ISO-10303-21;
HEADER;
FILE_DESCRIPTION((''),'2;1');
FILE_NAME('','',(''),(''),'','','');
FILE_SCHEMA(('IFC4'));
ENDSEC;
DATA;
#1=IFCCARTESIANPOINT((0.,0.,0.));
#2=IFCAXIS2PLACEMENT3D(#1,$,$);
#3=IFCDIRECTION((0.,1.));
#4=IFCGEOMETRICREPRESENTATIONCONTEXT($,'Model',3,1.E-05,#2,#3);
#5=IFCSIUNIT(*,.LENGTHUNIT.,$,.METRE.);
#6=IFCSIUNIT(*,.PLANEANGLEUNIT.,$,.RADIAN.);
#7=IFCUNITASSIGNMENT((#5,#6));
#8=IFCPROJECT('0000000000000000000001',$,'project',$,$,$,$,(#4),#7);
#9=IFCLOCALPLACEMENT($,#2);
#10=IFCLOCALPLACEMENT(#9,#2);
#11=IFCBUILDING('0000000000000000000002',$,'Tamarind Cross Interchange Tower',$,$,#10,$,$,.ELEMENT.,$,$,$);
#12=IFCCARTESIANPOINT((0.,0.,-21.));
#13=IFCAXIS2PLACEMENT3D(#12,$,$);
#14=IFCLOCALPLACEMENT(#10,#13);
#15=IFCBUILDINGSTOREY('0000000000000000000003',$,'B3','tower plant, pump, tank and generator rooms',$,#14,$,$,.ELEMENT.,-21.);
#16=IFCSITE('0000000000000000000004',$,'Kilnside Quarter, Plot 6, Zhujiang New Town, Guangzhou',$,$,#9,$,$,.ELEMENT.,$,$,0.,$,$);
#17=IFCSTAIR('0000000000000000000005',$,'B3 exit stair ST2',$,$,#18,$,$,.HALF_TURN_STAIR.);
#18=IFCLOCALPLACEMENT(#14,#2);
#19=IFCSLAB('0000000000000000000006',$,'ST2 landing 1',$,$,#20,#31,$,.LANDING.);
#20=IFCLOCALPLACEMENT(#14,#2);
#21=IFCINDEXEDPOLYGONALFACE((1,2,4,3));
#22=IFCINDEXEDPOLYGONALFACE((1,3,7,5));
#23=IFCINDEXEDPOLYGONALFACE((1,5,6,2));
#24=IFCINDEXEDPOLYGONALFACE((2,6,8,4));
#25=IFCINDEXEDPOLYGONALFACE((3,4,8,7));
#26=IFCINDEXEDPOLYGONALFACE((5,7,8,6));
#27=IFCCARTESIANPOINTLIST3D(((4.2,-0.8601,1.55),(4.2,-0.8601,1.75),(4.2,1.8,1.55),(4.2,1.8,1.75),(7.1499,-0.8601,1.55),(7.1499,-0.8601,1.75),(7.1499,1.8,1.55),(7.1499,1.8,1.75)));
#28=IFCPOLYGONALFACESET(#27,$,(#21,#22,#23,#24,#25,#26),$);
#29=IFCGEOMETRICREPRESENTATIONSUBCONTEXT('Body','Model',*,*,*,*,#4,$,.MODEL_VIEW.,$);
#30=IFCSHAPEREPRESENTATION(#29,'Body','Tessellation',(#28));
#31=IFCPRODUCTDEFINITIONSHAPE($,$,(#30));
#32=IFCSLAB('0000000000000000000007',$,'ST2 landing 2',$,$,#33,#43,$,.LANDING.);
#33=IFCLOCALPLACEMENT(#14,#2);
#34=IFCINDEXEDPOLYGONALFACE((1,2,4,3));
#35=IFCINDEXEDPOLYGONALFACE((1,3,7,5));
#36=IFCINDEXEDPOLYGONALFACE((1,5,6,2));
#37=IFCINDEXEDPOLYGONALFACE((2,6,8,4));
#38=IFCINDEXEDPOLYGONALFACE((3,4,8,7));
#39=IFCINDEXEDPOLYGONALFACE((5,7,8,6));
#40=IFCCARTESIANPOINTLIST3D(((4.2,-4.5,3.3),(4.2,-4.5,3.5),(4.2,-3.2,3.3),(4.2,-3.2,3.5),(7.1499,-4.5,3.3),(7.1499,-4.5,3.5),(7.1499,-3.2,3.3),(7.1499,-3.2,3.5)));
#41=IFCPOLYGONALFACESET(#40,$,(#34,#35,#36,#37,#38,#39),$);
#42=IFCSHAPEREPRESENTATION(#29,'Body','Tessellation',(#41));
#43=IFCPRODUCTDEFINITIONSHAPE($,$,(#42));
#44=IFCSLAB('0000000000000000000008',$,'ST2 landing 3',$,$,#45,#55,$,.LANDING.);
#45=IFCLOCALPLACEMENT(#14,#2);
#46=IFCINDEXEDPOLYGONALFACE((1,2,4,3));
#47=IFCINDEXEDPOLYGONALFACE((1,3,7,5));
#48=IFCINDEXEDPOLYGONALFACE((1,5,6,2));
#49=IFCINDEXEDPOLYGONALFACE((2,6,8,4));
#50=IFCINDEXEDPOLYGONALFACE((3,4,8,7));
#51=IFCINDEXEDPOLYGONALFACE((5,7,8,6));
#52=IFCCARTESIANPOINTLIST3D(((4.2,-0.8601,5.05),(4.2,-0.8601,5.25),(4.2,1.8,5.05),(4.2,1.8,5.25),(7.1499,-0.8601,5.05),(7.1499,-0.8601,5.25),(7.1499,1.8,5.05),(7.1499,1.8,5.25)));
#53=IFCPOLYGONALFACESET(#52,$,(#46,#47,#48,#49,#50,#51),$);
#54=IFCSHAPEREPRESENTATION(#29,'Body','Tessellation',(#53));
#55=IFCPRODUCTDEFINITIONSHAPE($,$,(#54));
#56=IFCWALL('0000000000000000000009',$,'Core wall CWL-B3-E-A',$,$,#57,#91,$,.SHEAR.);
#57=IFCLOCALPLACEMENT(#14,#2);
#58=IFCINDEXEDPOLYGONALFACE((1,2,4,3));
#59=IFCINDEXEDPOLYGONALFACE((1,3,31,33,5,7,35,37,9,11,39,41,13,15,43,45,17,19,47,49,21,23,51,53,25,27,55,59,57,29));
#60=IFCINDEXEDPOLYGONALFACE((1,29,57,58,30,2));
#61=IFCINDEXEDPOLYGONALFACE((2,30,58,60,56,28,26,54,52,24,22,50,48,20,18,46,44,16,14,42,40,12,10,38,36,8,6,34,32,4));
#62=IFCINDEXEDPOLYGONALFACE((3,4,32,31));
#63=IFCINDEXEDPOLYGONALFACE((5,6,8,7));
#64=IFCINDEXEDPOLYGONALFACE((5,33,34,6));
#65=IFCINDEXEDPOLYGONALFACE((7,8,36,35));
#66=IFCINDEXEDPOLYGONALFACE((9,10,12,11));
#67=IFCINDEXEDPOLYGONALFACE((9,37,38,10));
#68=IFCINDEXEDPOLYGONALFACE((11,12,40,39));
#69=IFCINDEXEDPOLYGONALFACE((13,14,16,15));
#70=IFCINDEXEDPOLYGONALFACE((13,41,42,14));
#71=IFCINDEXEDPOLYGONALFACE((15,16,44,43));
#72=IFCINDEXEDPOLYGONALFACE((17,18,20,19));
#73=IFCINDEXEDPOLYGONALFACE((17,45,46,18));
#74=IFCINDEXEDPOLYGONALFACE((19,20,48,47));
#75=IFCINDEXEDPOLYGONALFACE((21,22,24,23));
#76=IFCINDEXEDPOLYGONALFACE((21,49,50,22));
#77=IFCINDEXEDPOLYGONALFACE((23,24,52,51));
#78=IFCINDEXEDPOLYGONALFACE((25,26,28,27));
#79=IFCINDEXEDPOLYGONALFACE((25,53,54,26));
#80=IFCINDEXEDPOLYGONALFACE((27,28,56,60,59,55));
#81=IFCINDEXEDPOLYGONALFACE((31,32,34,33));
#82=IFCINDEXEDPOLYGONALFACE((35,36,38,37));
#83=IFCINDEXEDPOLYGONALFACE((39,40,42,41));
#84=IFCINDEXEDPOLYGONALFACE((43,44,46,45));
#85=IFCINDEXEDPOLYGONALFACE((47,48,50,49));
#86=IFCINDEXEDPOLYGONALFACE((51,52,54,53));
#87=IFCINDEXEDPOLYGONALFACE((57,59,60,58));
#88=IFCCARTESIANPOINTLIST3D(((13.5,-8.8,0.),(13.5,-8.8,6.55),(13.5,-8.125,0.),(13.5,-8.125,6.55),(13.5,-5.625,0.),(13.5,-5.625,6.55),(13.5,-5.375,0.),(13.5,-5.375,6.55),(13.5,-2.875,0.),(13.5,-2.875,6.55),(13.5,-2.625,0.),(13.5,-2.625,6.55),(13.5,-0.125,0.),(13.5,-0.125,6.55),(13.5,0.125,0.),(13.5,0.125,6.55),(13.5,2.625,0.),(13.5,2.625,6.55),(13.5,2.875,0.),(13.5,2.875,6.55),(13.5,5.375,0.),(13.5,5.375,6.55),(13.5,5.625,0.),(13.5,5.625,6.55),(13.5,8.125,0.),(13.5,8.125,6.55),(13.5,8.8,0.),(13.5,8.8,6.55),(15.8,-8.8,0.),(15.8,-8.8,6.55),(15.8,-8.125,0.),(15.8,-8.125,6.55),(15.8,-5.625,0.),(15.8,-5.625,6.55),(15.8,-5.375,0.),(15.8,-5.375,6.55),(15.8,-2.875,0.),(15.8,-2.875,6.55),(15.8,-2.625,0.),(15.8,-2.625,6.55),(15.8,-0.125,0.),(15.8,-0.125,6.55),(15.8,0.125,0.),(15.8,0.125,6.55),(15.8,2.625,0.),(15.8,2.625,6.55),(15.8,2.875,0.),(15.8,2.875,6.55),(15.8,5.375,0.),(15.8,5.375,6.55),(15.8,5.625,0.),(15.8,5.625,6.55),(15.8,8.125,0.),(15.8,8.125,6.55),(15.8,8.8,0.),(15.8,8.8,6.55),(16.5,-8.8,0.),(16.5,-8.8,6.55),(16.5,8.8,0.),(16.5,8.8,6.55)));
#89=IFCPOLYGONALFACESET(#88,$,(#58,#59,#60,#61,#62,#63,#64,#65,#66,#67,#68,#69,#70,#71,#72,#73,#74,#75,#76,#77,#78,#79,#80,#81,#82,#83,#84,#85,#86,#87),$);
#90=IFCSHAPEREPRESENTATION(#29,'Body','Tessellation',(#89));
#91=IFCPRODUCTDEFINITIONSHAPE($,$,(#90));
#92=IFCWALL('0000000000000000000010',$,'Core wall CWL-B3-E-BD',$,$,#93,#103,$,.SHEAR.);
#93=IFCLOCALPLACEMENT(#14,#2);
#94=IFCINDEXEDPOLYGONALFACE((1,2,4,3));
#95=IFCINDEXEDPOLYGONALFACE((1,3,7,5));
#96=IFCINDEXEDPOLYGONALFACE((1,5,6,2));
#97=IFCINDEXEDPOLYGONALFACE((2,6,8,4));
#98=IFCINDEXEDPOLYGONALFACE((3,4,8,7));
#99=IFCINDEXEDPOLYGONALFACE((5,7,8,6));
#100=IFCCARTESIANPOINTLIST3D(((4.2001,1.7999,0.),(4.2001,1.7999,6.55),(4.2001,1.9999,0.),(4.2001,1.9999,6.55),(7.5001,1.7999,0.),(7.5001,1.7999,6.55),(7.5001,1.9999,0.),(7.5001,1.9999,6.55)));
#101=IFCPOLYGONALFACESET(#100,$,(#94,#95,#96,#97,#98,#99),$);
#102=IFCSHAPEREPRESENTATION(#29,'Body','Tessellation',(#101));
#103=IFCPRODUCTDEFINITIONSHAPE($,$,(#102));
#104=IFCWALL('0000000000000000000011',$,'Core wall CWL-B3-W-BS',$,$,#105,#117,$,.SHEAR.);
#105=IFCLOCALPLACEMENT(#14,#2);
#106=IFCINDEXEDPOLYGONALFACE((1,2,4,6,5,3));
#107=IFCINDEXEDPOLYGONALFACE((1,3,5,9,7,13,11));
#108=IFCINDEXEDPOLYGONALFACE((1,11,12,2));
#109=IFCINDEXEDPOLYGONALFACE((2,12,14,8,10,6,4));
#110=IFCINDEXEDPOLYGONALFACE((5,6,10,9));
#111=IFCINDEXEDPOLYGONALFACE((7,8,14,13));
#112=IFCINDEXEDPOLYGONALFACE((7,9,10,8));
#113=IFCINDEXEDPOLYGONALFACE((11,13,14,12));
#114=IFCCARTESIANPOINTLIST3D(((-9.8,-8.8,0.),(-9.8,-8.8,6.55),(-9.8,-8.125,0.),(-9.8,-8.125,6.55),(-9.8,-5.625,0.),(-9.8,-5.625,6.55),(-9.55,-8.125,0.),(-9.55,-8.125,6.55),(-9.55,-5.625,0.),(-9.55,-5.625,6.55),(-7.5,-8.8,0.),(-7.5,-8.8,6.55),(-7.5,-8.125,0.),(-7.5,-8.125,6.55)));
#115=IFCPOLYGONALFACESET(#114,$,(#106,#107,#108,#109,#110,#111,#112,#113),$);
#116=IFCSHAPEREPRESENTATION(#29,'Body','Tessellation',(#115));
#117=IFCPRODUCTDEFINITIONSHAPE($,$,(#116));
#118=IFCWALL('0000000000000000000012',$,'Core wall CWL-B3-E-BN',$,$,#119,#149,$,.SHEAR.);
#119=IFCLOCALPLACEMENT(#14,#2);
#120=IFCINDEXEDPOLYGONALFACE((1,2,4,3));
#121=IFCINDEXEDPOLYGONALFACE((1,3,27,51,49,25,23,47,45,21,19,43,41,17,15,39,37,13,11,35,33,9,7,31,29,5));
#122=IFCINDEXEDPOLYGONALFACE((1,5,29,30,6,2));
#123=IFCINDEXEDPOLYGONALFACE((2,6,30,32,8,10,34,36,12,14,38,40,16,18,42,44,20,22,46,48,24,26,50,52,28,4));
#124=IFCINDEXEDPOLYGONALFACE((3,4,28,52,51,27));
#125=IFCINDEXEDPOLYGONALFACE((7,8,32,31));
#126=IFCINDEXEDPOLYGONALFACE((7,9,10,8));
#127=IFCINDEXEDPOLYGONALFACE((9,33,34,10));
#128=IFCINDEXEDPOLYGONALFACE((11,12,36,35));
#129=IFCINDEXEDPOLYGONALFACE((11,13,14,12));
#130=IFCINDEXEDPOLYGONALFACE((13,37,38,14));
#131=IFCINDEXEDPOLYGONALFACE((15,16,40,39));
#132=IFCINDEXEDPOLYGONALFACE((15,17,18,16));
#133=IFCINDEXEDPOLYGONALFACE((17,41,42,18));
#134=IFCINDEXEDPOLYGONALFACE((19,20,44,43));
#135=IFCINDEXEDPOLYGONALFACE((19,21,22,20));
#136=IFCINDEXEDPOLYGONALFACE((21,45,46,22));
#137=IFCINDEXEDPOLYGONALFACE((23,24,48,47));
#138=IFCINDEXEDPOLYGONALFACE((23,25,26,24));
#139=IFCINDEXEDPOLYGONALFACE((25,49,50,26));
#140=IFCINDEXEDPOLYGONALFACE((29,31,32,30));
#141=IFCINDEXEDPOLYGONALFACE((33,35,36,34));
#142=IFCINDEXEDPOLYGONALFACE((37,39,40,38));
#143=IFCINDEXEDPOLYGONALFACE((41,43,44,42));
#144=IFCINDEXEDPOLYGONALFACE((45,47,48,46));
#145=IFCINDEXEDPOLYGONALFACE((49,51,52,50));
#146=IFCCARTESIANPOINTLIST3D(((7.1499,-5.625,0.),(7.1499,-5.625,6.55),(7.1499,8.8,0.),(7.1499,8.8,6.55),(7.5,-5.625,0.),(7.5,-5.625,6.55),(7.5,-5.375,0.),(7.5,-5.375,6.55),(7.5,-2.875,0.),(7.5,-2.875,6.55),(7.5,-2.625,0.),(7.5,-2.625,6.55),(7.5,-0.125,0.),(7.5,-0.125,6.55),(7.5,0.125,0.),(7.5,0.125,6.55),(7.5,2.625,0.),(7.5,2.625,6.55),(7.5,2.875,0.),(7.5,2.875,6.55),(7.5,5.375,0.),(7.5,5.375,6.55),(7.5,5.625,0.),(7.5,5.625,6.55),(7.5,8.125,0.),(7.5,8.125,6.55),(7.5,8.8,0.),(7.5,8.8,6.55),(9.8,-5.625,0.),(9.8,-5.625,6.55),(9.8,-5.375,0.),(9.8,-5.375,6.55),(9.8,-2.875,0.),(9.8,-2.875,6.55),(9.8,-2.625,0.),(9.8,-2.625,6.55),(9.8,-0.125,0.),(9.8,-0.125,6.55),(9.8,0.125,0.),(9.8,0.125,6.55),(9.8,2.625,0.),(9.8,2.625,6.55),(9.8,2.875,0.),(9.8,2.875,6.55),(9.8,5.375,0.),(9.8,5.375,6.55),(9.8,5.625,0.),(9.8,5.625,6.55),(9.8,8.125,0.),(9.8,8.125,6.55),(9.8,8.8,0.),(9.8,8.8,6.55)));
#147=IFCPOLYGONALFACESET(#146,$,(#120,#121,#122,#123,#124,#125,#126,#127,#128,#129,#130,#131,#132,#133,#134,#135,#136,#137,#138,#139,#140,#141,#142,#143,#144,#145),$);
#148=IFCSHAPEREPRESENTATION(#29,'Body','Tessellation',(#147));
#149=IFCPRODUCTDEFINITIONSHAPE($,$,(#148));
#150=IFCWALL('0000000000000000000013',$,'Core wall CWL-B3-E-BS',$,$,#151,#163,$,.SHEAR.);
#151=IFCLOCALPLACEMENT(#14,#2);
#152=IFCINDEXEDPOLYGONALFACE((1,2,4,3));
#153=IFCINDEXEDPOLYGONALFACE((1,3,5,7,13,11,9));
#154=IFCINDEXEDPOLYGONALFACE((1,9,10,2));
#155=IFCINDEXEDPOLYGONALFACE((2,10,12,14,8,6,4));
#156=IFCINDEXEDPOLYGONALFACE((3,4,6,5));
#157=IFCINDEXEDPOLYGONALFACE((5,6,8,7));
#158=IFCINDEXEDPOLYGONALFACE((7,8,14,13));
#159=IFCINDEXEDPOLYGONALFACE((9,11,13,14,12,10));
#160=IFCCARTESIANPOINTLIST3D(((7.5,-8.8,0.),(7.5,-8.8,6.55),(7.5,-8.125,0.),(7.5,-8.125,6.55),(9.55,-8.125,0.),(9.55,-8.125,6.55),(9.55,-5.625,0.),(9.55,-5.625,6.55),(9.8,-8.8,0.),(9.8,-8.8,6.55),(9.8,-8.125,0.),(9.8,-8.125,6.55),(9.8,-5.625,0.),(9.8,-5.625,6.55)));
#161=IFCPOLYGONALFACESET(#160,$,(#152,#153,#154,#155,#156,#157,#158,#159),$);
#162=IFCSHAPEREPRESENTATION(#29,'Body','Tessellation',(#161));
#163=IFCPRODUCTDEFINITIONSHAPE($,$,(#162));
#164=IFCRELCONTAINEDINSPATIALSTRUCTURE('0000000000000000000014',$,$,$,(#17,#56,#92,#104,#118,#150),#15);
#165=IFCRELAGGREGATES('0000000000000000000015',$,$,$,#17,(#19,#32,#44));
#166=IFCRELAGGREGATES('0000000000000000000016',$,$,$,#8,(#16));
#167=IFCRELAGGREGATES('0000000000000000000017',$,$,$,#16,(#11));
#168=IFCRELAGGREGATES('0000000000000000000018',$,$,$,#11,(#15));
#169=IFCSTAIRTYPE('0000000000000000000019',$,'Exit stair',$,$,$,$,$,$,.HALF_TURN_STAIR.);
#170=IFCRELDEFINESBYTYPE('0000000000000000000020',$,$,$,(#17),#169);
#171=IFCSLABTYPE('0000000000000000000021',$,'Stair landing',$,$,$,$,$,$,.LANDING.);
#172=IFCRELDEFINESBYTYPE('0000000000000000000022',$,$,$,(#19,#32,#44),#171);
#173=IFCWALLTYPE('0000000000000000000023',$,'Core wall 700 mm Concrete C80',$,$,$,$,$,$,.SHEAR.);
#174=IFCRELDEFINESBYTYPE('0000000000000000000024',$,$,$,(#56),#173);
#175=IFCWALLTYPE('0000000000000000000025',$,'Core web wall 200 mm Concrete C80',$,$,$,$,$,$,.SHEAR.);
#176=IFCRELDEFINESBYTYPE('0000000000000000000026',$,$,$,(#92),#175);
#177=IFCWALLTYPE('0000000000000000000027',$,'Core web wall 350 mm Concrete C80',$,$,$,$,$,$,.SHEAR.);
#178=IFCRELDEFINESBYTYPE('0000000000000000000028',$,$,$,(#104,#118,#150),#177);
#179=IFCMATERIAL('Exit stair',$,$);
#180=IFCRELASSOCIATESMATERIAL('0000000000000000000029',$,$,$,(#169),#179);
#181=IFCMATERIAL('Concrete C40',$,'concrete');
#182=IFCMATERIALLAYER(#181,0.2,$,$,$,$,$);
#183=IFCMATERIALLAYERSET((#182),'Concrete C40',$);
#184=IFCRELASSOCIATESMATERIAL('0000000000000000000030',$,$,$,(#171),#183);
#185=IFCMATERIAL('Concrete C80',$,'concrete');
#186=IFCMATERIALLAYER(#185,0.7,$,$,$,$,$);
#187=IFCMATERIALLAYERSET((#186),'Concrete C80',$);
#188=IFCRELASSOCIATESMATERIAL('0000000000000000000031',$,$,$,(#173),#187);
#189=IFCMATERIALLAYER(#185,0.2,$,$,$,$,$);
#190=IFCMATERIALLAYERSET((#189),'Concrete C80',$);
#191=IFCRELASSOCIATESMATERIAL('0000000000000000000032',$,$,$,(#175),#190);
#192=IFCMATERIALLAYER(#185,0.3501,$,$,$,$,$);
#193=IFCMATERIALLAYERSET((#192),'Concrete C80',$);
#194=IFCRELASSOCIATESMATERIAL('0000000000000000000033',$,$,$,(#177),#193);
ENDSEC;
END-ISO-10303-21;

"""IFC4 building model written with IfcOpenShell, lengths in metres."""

from ifc_helpers import new_model, si_unit, direction, frame, frame_2d, origin, place, context, subcontext, project, spatial, polyline, rectangle, outline, extrude, material, layer, layer_set, type_object, element, aggregate, save


model = new_model("IFC4")

# Units and contexts
model_context = context("Model", 3, precision=1e-05, world=origin(), true_north=direction((0.0, 1.0)))
body_context = subcontext(model_context, "Body", "Model", "MODEL_VIEW")
ifc_project = project(units=[si_unit("LENGTHUNIT", "METRE"), si_unit("PLANEANGLEUNIT", "RADIAN")], contexts=[model_context])

# Site, building, storey
site_placement = place(None, origin())
site = spatial("IfcSite", under=ifc_project, at=site_placement, Name="Kilnside Quarter, Plot 6, Zhujiang New Town, Guangzhou", CompositionType="ELEMENT", RefElevation=0.0)
building_placement = place(site_placement, origin())
building = spatial("IfcBuilding", under=site, at=building_placement, Name="Tamarind Cross Interchange Tower", CompositionType="ELEMENT")
storey_placement = place(building_placement, frame((0.0, 0.0, -21.0)))
storey = spatial("IfcBuildingStorey", under=building, at=storey_placement, Name="B3", Description="tower plant, pump, tank and generator rooms", CompositionType="ELEMENT", Elevation=-21.0)

# Stair, slabs
ifc_material_1 = material(Name="Exit stair")
stair_type = type_object("IfcStairType", Name="Exit stair", PredefinedType="HALF_TURN_STAIR", material=ifc_material_1)
ifc_material_2 = material(Name="Concrete C40", Category="concrete")
ifc_layer_1 = layer(ifc_material_2, 0.2)
ifc_layer_set_1 = layer_set([ifc_layer_1], Name="Concrete C40")
slab_type = type_object("IfcSlabType", Name="Stair landing", PredefinedType="LANDING", material=ifc_layer_set_1)
stair_1_placement = place(storey_placement, origin())
stair_1 = element("IfcStair", 1, at=stair_1_placement, inside=storey, type_object=stair_type, Name="B3 exit stair ST2", PredefinedType="HALF_TURN_STAIR")
slab_1_placement = place(storey_placement, frame((0.0, 0.0, 1.55)))
slab_1 = element("IfcSlab", 2, at=slab_1_placement, type_object=slab_type, Name="ST2 landing 1", PredefinedType="LANDING", context=body_context, shape_type="SweptSolid", body=[
    extrude(outline(polyline([(7.1499, -0.8601), (7.1499, 1.8), (4.2, 1.8), (4.2, -0.8601), (7.1499, -0.8601)])), origin(), (0.0, 0.0, 1.0), 0.2),
])
slab_2_placement = place(storey_placement, frame((0.0, 0.0, 3.3)))
slab_2 = element("IfcSlab", 3, at=slab_2_placement, type_object=slab_type, Name="ST2 landing 2", PredefinedType="LANDING", context=body_context, shape_type="SweptSolid", body=[
    extrude(outline(polyline([(7.1499, -4.5), (7.1499, -3.2), (4.2, -3.2), (4.2, -4.5), (7.1499, -4.5)])), origin(), (0.0, 0.0, 1.0), 0.2),
])
slab_3_placement = place(storey_placement, frame((0.0, 0.0, 5.05)))
slab_3 = element("IfcSlab", 4, at=slab_3_placement, type_object=slab_type, Name="ST2 landing 3", PredefinedType="LANDING", context=body_context, shape_type="SweptSolid", body=[
    extrude(outline(polyline([(7.1499, -0.8601), (7.1499, 1.8), (4.2, 1.8), (4.2, -0.8601), (7.1499, -0.8601)])), origin(), (0.0, 0.0, 1.0), 0.2),
])
aggregate(stair_1, [slab_1, slab_2, slab_3])

# Walls
ifc_material_3 = material(Name="Concrete C80", Category="concrete")
ifc_layer_2 = layer(ifc_material_3, 0.7)
ifc_layer_set_2 = layer_set([ifc_layer_2], Name="Concrete C80")
wall_type_1 = type_object("IfcWallType", Name="Core wall 700 mm Concrete C80", PredefinedType="SHEAR", material=ifc_layer_set_2)
wall_1_placement = place(storey_placement, origin())
element("IfcWall", 5, at=wall_1_placement, inside=storey, type_object=wall_type_1, Name="Core wall CWL-B3-E-A", PredefinedType="SHEAR", context=body_context, shape_type="SweptSolid", body=[
    extrude(outline(polyline([(13.5, -8.8), (15.8, -8.8), (16.5, -8.8), (16.5, 8.8), (15.8, 8.8), (13.5, 8.8), (13.5, 8.125), (15.8, 8.125), (15.8, 5.625), (13.5, 5.625), (13.5, 5.375), (15.8, 5.375), (15.8, 2.875), (13.5, 2.875), (13.5, 2.625), (15.8, 2.625), (15.8, 0.125), (13.5, 0.125), (13.5, -0.125), (15.8, -0.125), (15.8, -2.625), (13.5, -2.625), (13.5, -2.875), (15.8, -2.875), (15.8, -5.375), (13.5, -5.375), (13.5, -5.625), (15.8, -5.625), (15.8, -8.125), (13.5, -8.125), (13.5, -8.8)])), origin(), (0.0, 0.0, 1.0), 6.55),
])
ifc_layer_3 = layer(ifc_material_3, 0.2)
ifc_layer_set_3 = layer_set([ifc_layer_3], Name="Concrete C80")
wall_type_2 = type_object("IfcWallType", Name="Core web wall 200 mm Concrete C80", PredefinedType="SHEAR", material=ifc_layer_set_3)
wall_2_placement = place(storey_placement, frame((7.5, 1.8999, 0.0), z_axis=(0.0, 0.0, 1.0), x_axis=(-1.0, 0.0, 0.0)))
element("IfcWall", 6, at=wall_2_placement, inside=storey, type_object=wall_type_2, Name="Core wall CWL-B3-E-BD", PredefinedType="SHEAR", context=body_context, shape_type="SweptSolid", body=[
    extrude(rectangle(XDim=3.3, YDim=0.2, at=frame_2d((1.6499, 0.0))), origin(), (0.0, 0.0, 1.0), 6.55),
])
ifc_layer_4 = layer(ifc_material_3, 0.3501)
ifc_layer_set_4 = layer_set([ifc_layer_4], Name="Concrete C80")
wall_type_3 = type_object("IfcWallType", Name="Core web wall 350 mm Concrete C80", PredefinedType="SHEAR", material=ifc_layer_set_4)
wall_3_placement = place(storey_placement, origin())
element("IfcWall", 7, at=wall_3_placement, inside=storey, type_object=wall_type_3, Name="Core wall CWL-B3-W-BS", PredefinedType="SHEAR", context=body_context, shape_type="SweptSolid", body=[
    extrude(outline(polyline([(-7.5, -8.125), (-9.55, -8.125), (-9.55, -5.625), (-9.8, -5.625), (-9.8, -8.125), (-9.8, -8.8), (-7.5, -8.8), (-7.5, -8.125)])), origin(), (0.0, 0.0, 1.0), 6.55),
])
wall_4_placement = place(storey_placement, origin())
element("IfcWall", 8, at=wall_4_placement, inside=storey, type_object=wall_type_3, Name="Core wall CWL-B3-E-BN", PredefinedType="SHEAR", context=body_context, shape_type="SweptSolid", body=[
    extrude(outline(polyline([(9.8, -5.375), (7.5, -5.375), (7.5, -2.875), (9.8, -2.875), (9.8, -2.625), (7.5, -2.625), (7.5, -0.125), (9.8, -0.125), (9.8, 0.125), (7.5, 0.125), (7.5, 2.625), (9.8, 2.625), (9.8, 2.875), (7.5, 2.875), (7.5, 5.375), (9.8, 5.375), (9.8, 5.625), (7.5, 5.625), (7.5, 8.125), (9.8, 8.125), (9.8, 8.8), (7.5, 8.8), (7.1499, 8.8), (7.1499, -5.625), (7.5, -5.625), (9.8, -5.625), (9.8, -5.375)])), origin(), (0.0, 0.0, 1.0), 6.55),
])
wall_5_placement = place(storey_placement, origin())
element("IfcWall", 9, at=wall_5_placement, inside=storey, type_object=wall_type_3, Name="Core wall CWL-B3-E-BS", PredefinedType="SHEAR", context=body_context, shape_type="SweptSolid", body=[
    extrude(outline(polyline([(7.5, -8.125), (7.5, -8.8), (9.8, -8.8), (9.8, -8.125), (9.8, -5.625), (9.55, -5.625), (9.55, -8.125), (7.5, -8.125)])), origin(), (0.0, 0.0, 1.0), 6.55),
])

save(model, "model.ifc")
